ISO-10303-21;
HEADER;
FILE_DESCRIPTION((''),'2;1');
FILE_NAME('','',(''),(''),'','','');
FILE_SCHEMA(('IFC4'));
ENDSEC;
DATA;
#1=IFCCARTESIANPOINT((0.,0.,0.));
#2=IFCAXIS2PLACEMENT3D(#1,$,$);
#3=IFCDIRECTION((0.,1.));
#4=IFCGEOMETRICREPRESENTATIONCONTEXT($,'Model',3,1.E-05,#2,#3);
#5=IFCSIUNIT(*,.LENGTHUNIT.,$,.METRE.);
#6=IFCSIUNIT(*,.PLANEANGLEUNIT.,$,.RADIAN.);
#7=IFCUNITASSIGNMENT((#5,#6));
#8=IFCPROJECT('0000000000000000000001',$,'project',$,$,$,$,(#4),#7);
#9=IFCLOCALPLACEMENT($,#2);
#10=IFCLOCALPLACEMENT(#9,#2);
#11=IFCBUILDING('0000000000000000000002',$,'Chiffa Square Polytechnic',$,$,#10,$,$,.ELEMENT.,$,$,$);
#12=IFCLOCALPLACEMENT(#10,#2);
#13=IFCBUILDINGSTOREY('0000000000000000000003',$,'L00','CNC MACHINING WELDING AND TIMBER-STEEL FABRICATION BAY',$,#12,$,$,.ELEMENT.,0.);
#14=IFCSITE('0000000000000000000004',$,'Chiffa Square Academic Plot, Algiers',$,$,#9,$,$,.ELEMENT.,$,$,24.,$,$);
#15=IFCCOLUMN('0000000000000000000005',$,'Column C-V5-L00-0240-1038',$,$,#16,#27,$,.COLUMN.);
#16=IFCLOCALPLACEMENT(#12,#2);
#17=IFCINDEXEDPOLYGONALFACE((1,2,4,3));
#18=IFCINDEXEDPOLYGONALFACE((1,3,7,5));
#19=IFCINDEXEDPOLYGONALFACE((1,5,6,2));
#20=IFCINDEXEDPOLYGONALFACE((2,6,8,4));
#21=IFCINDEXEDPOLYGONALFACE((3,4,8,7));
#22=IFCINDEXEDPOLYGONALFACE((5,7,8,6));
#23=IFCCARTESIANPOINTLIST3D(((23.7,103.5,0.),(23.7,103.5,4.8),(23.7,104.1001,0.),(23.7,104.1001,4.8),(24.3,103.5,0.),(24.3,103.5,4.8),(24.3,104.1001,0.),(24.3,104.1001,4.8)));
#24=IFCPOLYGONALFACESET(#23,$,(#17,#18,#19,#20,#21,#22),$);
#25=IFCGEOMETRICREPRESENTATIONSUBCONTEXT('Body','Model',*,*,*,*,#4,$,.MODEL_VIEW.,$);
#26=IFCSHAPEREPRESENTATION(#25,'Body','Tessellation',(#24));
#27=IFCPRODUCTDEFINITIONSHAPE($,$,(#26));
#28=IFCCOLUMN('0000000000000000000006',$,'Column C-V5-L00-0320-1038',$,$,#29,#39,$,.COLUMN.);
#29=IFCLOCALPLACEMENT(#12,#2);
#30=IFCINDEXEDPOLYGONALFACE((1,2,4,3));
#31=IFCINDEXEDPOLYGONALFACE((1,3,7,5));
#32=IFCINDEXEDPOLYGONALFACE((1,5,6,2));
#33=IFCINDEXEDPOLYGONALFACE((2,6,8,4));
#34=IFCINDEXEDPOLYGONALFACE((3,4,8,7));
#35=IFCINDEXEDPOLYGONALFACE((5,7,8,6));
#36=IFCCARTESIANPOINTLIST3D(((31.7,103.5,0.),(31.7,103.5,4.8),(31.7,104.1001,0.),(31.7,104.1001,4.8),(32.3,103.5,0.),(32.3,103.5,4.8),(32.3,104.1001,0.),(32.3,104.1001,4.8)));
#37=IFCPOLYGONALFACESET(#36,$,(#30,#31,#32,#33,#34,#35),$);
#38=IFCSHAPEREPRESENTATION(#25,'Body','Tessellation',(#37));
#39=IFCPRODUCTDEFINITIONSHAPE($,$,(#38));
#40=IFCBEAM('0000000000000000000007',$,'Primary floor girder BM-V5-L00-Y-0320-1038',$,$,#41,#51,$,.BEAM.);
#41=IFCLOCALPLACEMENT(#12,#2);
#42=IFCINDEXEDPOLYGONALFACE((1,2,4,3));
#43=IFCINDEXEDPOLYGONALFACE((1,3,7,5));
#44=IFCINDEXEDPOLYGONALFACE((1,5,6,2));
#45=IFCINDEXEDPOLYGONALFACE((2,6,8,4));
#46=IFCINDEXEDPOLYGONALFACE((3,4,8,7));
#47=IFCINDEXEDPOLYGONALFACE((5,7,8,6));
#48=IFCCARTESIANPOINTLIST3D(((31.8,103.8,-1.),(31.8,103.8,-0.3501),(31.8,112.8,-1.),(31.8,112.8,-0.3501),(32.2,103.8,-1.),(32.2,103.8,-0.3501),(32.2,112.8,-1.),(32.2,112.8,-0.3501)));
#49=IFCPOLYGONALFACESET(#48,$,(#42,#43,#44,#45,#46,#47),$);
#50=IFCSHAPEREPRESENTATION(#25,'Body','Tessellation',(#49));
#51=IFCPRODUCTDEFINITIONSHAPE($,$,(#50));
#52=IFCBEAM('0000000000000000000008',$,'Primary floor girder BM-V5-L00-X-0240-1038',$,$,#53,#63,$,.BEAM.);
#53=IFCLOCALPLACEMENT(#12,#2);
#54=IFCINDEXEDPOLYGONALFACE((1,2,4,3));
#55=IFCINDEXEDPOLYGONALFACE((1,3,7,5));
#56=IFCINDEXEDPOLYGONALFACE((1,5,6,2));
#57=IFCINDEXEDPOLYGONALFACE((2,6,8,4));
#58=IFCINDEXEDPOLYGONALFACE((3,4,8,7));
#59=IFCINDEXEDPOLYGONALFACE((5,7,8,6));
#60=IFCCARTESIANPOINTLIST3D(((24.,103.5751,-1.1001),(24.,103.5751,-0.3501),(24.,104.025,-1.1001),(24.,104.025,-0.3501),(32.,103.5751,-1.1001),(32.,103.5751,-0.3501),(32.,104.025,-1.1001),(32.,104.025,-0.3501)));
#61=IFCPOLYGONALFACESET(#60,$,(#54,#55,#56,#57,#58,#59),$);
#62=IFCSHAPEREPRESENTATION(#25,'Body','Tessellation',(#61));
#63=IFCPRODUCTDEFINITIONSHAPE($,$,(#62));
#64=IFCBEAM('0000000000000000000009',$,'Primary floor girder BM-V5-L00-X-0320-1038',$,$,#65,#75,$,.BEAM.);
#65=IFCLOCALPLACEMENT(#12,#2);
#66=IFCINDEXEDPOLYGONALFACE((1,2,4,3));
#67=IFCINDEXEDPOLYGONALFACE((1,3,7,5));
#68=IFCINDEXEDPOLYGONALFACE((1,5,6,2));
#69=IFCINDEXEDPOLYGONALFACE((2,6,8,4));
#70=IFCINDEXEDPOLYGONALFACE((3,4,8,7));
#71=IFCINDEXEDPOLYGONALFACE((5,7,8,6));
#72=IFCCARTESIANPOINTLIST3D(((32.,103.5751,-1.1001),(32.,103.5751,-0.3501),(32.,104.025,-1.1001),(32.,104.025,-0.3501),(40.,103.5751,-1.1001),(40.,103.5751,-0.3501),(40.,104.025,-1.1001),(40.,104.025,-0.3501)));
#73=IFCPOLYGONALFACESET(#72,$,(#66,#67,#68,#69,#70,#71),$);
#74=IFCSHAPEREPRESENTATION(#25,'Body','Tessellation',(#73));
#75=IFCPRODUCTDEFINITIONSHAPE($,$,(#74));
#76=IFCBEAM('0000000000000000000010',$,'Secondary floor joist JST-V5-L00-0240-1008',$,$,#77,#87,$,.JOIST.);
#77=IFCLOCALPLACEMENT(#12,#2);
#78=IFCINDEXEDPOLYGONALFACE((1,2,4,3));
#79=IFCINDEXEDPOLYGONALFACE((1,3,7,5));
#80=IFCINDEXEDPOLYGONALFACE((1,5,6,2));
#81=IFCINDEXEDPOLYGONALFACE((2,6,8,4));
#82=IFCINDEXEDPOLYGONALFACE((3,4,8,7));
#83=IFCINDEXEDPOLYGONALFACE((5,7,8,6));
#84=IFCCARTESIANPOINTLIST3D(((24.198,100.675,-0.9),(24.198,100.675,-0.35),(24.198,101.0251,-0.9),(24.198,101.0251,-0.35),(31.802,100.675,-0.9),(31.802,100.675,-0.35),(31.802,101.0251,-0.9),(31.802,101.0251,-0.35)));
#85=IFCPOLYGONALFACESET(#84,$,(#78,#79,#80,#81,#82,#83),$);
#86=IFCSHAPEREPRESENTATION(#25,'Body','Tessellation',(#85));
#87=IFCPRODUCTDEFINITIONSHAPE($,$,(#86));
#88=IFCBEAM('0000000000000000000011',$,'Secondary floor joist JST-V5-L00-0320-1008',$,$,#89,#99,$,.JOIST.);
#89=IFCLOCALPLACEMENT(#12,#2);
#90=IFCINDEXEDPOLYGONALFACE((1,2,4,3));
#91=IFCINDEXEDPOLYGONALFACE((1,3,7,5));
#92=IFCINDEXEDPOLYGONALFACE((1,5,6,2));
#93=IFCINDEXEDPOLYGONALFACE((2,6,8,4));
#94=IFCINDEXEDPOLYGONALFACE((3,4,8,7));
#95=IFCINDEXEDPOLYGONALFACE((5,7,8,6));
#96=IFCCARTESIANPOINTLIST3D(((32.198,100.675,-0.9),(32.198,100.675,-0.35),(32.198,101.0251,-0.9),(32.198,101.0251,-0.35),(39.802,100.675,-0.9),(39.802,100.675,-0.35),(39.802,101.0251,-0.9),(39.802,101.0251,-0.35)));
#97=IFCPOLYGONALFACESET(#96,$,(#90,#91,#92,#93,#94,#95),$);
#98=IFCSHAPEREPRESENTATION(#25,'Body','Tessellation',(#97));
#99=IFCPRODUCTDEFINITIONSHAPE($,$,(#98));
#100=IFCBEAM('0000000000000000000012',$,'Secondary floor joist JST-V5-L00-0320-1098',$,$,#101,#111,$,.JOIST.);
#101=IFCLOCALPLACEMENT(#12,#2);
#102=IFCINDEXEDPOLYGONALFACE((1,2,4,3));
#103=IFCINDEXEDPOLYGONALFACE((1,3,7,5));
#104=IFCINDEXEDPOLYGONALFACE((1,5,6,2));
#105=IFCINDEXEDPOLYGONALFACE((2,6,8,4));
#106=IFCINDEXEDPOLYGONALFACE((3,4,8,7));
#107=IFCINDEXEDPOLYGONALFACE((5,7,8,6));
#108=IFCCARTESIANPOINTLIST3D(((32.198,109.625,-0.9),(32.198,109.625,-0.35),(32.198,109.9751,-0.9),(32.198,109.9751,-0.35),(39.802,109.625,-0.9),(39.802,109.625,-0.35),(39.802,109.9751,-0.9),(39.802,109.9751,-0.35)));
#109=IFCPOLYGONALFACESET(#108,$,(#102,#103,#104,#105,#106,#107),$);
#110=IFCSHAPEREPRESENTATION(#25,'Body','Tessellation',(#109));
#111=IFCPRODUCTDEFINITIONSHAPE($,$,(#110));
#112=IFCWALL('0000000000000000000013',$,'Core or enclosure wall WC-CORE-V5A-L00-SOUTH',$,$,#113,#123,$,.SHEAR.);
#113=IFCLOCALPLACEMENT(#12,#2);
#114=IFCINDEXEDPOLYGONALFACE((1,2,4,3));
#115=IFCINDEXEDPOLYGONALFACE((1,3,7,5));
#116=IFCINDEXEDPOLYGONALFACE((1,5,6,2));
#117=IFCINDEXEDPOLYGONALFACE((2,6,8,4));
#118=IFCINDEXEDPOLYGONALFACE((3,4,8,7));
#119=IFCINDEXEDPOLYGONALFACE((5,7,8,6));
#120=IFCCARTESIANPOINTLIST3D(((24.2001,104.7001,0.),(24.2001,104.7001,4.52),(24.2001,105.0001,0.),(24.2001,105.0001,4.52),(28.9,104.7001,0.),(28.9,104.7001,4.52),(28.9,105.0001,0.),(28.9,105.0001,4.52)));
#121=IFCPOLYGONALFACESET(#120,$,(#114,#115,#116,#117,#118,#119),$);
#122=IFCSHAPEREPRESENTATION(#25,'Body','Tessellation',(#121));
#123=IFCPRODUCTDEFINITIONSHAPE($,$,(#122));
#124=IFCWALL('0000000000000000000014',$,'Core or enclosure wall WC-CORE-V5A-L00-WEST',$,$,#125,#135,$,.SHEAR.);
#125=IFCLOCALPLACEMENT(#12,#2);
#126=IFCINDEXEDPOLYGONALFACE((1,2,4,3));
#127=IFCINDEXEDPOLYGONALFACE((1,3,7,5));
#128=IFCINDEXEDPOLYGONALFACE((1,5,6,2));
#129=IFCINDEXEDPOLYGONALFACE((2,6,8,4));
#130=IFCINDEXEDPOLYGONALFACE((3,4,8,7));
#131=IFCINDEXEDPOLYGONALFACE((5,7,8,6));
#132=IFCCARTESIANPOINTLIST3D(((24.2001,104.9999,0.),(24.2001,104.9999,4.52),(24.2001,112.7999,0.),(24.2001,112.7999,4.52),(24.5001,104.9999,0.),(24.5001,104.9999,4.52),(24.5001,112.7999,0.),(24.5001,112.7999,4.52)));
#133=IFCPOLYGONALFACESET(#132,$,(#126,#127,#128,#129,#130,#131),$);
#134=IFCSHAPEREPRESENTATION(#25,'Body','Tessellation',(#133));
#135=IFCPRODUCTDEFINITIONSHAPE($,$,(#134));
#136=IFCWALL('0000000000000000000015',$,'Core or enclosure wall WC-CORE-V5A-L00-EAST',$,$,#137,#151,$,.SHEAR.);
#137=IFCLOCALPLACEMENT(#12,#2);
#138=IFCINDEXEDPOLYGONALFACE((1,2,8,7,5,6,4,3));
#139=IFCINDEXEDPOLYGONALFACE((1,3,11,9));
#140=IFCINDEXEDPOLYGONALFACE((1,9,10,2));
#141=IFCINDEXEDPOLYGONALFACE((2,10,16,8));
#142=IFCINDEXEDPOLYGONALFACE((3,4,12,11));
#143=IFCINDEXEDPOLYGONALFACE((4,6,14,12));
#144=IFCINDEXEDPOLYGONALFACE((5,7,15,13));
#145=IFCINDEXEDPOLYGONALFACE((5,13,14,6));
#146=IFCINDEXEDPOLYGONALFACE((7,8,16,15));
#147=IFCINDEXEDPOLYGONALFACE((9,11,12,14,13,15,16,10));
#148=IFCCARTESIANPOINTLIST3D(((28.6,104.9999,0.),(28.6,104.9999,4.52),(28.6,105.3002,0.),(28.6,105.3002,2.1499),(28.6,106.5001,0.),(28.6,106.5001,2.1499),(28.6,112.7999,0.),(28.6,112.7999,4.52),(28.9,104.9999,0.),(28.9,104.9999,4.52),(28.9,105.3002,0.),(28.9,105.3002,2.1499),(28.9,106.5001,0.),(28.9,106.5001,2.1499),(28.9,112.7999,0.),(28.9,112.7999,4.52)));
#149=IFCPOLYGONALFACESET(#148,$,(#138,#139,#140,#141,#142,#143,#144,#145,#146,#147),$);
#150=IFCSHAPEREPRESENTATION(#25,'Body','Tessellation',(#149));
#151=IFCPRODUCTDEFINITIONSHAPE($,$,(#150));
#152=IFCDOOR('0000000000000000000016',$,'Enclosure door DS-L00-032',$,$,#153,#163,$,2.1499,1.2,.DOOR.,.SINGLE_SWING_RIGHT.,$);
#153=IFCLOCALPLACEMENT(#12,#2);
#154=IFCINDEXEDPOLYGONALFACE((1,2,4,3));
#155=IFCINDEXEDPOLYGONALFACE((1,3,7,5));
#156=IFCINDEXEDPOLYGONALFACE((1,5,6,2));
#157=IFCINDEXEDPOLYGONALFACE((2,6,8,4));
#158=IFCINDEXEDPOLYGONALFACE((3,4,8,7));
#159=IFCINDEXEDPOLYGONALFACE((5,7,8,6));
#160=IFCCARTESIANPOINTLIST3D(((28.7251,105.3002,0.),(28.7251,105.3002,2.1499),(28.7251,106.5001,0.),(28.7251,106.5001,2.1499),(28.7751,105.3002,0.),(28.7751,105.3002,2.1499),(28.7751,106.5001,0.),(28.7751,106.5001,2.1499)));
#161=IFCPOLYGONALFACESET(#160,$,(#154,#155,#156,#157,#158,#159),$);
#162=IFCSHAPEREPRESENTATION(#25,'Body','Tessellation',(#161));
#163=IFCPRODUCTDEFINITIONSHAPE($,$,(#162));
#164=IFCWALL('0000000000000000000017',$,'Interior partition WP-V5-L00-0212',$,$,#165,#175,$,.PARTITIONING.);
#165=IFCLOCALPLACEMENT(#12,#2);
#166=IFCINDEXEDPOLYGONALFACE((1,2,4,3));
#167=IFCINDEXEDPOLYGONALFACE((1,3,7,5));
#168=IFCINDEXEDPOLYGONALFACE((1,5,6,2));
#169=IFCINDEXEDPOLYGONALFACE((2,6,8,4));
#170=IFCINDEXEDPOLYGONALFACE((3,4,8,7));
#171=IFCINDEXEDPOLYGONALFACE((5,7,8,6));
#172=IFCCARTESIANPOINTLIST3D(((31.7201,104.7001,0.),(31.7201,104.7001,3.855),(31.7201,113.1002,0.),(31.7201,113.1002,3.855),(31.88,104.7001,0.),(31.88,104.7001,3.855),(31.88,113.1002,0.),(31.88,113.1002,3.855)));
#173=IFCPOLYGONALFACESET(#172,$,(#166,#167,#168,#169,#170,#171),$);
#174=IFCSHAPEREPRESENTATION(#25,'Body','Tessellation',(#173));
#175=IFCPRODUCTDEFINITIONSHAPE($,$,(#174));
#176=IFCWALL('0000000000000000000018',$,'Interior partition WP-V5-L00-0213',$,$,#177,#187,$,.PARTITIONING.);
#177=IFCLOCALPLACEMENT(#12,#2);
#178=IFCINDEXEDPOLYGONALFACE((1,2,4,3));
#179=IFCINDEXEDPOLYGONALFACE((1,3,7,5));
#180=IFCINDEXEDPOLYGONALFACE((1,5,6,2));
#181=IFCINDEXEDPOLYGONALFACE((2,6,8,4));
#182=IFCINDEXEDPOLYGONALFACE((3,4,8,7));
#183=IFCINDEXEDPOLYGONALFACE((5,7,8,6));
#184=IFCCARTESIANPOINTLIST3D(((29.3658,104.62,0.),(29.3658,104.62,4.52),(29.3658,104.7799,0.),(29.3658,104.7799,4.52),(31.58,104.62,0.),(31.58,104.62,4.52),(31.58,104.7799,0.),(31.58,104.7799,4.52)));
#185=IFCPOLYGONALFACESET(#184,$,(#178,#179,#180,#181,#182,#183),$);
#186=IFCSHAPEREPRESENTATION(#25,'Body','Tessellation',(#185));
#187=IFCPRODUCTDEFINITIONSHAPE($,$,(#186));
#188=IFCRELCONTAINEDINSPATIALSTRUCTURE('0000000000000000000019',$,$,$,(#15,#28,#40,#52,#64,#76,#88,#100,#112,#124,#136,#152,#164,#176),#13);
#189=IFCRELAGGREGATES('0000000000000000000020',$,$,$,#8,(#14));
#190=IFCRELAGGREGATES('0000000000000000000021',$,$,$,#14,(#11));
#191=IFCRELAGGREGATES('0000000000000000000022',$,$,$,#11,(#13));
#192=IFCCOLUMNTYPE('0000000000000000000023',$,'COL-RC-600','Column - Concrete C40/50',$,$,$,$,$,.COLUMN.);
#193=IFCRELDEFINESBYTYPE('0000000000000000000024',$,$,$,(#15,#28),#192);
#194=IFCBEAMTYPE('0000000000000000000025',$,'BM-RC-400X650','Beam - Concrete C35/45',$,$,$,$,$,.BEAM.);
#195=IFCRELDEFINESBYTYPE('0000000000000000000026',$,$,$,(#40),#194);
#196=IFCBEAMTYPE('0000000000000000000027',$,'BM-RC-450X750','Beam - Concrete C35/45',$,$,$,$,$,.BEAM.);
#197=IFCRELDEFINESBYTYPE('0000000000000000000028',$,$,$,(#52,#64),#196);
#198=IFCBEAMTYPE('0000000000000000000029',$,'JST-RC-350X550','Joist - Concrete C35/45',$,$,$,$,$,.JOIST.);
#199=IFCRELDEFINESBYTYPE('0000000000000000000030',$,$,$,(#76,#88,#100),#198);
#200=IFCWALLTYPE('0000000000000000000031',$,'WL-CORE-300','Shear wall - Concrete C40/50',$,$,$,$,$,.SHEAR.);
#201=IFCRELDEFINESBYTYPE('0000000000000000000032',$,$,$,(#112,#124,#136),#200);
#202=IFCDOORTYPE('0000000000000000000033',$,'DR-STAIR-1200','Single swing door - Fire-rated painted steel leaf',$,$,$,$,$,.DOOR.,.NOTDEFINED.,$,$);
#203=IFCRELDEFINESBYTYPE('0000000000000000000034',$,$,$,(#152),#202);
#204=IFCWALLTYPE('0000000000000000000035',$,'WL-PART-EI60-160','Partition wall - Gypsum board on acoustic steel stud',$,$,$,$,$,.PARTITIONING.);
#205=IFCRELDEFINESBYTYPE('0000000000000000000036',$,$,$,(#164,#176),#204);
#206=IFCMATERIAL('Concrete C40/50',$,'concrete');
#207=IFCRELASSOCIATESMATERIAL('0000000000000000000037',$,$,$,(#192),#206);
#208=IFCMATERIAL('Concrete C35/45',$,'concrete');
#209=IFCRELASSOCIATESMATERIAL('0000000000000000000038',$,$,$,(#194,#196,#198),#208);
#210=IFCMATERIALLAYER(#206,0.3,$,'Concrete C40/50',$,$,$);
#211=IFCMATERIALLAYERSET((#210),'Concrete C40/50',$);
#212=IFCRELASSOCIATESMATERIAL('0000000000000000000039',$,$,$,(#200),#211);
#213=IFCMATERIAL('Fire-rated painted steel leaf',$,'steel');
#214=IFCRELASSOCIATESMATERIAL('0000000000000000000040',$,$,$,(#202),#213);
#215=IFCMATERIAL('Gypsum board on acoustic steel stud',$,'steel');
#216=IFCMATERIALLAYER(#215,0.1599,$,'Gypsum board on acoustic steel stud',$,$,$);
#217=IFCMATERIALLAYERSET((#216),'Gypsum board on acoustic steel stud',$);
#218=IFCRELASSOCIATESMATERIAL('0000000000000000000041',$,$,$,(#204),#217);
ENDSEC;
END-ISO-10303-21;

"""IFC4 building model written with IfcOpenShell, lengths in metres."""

from ifc_helpers import new_model, si_unit, direction, frame, frame_2d, origin, origin_2d, place, context, subcontext, project, spatial, rectangle, extrude, material, layer, layer_set, material_profile, profile_set, type_object, element, fill, save


model = new_model("IFC4")

# Units and contexts
model_context = context("Model", 3, precision=1e-05, world=origin(), true_north=direction((0.0, 1.0)))
body_context = subcontext(model_context, "Body", "Model", "MODEL_VIEW")
ifc_project = project(units=[si_unit("LENGTHUNIT", "METRE"), si_unit("PLANEANGLEUNIT", "RADIAN")], contexts=[model_context])

# Site, building, storey
site_placement = place(None, origin())
site = spatial("IfcSite", under=ifc_project, at=site_placement, Name="Chiffa Square Academic Plot, Algiers", CompositionType="ELEMENT", RefElevation=24.0)
building_placement = place(site_placement, origin())
building = spatial("IfcBuilding", under=site, at=building_placement, Name="Chiffa Square Polytechnic", CompositionType="ELEMENT")
storey_placement = place(building_placement, origin())
storey = spatial("IfcBuildingStorey", under=building, at=storey_placement, Name="L00", Description="CNC MACHINING WELDING AND TIMBER-STEEL FABRICATION BAY", CompositionType="ELEMENT", Elevation=0.0)

# Columns
ifc_material_1 = material(Name="Concrete C40/50", Category="concrete")
ifc_material_profile_1 = material_profile(ifc_material_1, rectangle(XDim=0.6001, YDim=0.6001, at=origin_2d()), Name="RC 600x600")
ifc_profile_set_1 = profile_set([ifc_material_profile_1], Name="Concrete C40/50")
column_type = type_object("IfcColumnType", Name="COL-RC-600", Description="Column - Concrete C40/50", PredefinedType="COLUMN", material=ifc_profile_set_1)
for number, where, z_axis, x_axis, name in (
    (1, (24.0, 103.8, 0.0), (0.0, 0.0, 1.0), (1.0, 0.0, 0.0), "Column C-V5-L00-0240-1038"),
    (2, (32.0, 103.8, 0.0), (0.0, 0.0, 1.0), (1.0, 0.0, 0.0), "Column C-V5-L00-0320-1038"),
):
    element("IfcColumn", number, at=place(storey_placement, frame(where, z_axis=z_axis, x_axis=x_axis)), inside=storey, type_object=column_type, Name=name, PredefinedType="COLUMN", context=body_context, shape_type="SweptSolid", body=[
        extrude(rectangle(XDim=0.6001, YDim=0.6001, at=origin_2d()), origin(), (0.0, 0.0, 1.0), 4.8),
    ])

# Beams
ifc_material_2 = material(Name="Concrete C35/45", Category="concrete")
ifc_material_profile_2 = material_profile(ifc_material_2, rectangle(XDim=0.3999, YDim=0.6499, at=origin_2d()), Name="RC 400x650")
ifc_profile_set_2 = profile_set([ifc_material_profile_2], Name="Concrete C35/45")
beam_type_1 = type_object("IfcBeamType", Name="BM-RC-400X650", Description="Beam - Concrete C35/45", PredefinedType="BEAM", material=ifc_profile_set_2)
beam_placement = place(storey_placement, frame((32.0, 103.8, -0.675), z_axis=(0.0, 1.0, 0.0), x_axis=(-1.0, 0.0, 0.0)))
element("IfcBeam", 3, at=beam_placement, inside=storey, type_object=beam_type_1, Name="Primary floor girder BM-V5-L00-Y-0320-1038", PredefinedType="BEAM", context=body_context, shape_type="SweptSolid", body=[
    extrude(rectangle(XDim=0.3999, YDim=0.6499, at=origin_2d()), origin(), (0.0, 0.0, 1.0), 9.0),
])
ifc_material_profile_3 = material_profile(ifc_material_2, rectangle(XDim=0.45, YDim=0.75, at=origin_2d()), Name="RC 450x750")
ifc_profile_set_3 = profile_set([ifc_material_profile_3], Name="Concrete C35/45")
beam_type_2 = type_object("IfcBeamType", Name="BM-RC-450X750", Description="Beam - Concrete C35/45", PredefinedType="BEAM", material=ifc_profile_set_3)
for number, where, z_axis, x_axis, name in (
    (4, (24.0, 103.8, -0.7251), (1.0, 0.0, 0.0), (0.0, 1.0, 0.0), "Primary floor girder BM-V5-L00-X-0240-1038"),
    (5, (32.0, 103.8, -0.7251), (1.0, 0.0, 0.0), (0.0, 1.0, 0.0), "Primary floor girder BM-V5-L00-X-0320-1038"),
):
    element("IfcBeam", number, at=place(storey_placement, frame(where, z_axis=z_axis, x_axis=x_axis)), inside=storey, type_object=beam_type_2, Name=name, PredefinedType="BEAM", context=body_context, shape_type="SweptSolid", body=[
        extrude(rectangle(XDim=0.45, YDim=0.75, at=origin_2d()), origin(), (0.0, 0.0, 1.0), 8.0),
    ])
ifc_material_profile_4 = material_profile(ifc_material_2, rectangle(XDim=0.3501, YDim=0.55, at=origin_2d()), Name="RC 350x550")
ifc_profile_set_4 = profile_set([ifc_material_profile_4], Name="Concrete C35/45")
beam_type_3 = type_object("IfcBeamType", Name="JST-RC-350X550", Description="Joist - Concrete C35/45", PredefinedType="JOIST", material=ifc_profile_set_4)
for number, where, z_axis, x_axis, name in (
    (6, (24.198, 100.8501, -0.625), (1.0, 0.0, 0.0), (0.0, 1.0, 0.0), "Secondary floor joist JST-V5-L00-0240-1008"),
    (7, (32.198, 100.8501, -0.625), (1.0, 0.0, 0.0), (0.0, 1.0, 0.0), "Secondary floor joist JST-V5-L00-0320-1008"),
    (8, (32.198, 109.8, -0.625), (1.0, 0.0, 0.0), (0.0, 1.0, 0.0), "Secondary floor joist JST-V5-L00-0320-1098"),
):
    element("IfcBeam", number, at=place(storey_placement, frame(where, z_axis=z_axis, x_axis=x_axis)), inside=storey, type_object=beam_type_3, Name=name, PredefinedType="JOIST", context=body_context, shape_type="SweptSolid", body=[
        extrude(rectangle(XDim=0.3501, YDim=0.55, at=origin_2d()), origin(), (0.0, 0.0, 1.0), 7.604),
    ])

# Walls
ifc_layer_1 = layer(ifc_material_1, 0.3, Name="Concrete C40/50")
ifc_layer_set_1 = layer_set([ifc_layer_1], Name="Concrete C40/50")
wall_type_1 = type_object("IfcWallType", Name="WL-CORE-300", Description="Shear wall - Concrete C40/50", PredefinedType="SHEAR", material=ifc_layer_set_1)
wall_1_placement = place(storey_placement, frame((24.2, 104.8501, 0.0), z_axis=(0.0, 0.0, 1.0), x_axis=(1.0, 0.0, 0.0)))
element("IfcWall", 9, at=wall_1_placement, inside=storey, type_object=wall_type_1, Name="Core or enclosure wall WC-CORE-V5A-L00-SOUTH", PredefinedType="SHEAR", context=body_context, shape_type="SweptSolid", body=[
    extrude(rectangle(XDim=4.7, YDim=0.3, at=frame_2d((2.3501, 0.0))), origin(), (0.0, 0.0, 1.0), 4.52),
])
wall_2_placement = place(storey_placement, frame((24.3501, 105.0, 0.0), z_axis=(0.0, 0.0, 1.0), x_axis=(0.0, 1.0, 0.0)))
element("IfcWall", 10, at=wall_2_placement, inside=storey, type_object=wall_type_1, Name="Core or enclosure wall WC-CORE-V5A-L00-WEST", PredefinedType="SHEAR", context=body_context, shape_type="SweptSolid", body=[
    extrude(rectangle(XDim=7.8, YDim=0.3, at=frame_2d((3.8999, 0.0))), origin(), (0.0, 0.0, 1.0), 4.52),
])

# Wall, opening, door
wall_3_placement = place(storey_placement, frame((28.75, 105.0, 0.0), z_axis=(0.0, 0.0, 1.0), x_axis=(0.0, 1.0, 0.0)))
wall_3 = element("IfcWall", 11, at=wall_3_placement, inside=storey, type_object=wall_type_1, Name="Core or enclosure wall WC-CORE-V5A-L00-EAST", PredefinedType="SHEAR", context=body_context, shape_type="SweptSolid", body=[
    extrude(rectangle(XDim=7.8, YDim=0.3, at=frame_2d((3.8999, 0.0))), origin(), (0.0, 0.0, 1.0), 4.52),
])
opening_placement = place(wall_3_placement, frame((0.3, 0.0, 0.0)))
opening = element("IfcOpeningElement", 12, at=opening_placement, cuts=wall_3, PredefinedType="OPENING", context=body_context, shape_type="SweptSolid", body=[
    extrude(rectangle(XDim=1.2, YDim=2.1499, at=frame_2d((0.6001, 1.075))), frame((0.0, 0.1602, 0.0), z_axis=(0.0, -1.0, 0.0), x_axis=(1.0, 0.0, 0.0)), (0.0, 0.0, 1.0), 0.3201),
])
ifc_material_3 = material(Name="Fire-rated painted steel leaf", Category="steel")
door_type = type_object("IfcDoorType", Name="DR-STAIR-1200", Description="Single swing door - Fire-rated painted steel leaf", OperationType="NOTDEFINED", PredefinedType="DOOR", material=ifc_material_3)
door_placement = place(opening_placement, origin())
door = element("IfcDoor", 13, at=door_placement, inside=storey, type_object=door_type, Name="Enclosure door DS-L00-032", OperationType="SINGLE_SWING_RIGHT", OverallHeight=2.1499, OverallWidth=1.2, PredefinedType="DOOR", context=body_context, shape_type="SweptSolid", body=[
    extrude(rectangle(XDim=1.2, YDim=2.1499, at=frame_2d((0.6001, 1.075))), frame((0.0, 0.0249, 0.0), z_axis=(0.0, -1.0, 0.0), x_axis=(1.0, 0.0, 0.0)), (0.0, 0.0, 1.0), 0.05),
])
fill(opening, door)

# Walls
ifc_material_4 = material(Name="Gypsum board on acoustic steel stud", Category="steel")
ifc_layer_2 = layer(ifc_material_4, 0.1599, Name="Gypsum board on acoustic steel stud")
ifc_layer_set_2 = layer_set([ifc_layer_2], Name="Gypsum board on acoustic steel stud")
wall_type_2 = type_object("IfcWallType", Name="WL-PART-EI60-160", Description="Partition wall - Gypsum board on acoustic steel stud", PredefinedType="PARTITIONING", material=ifc_layer_set_2)
wall_4_placement = place(storey_placement, frame((31.8, 104.7, 0.0), z_axis=(0.0, 0.0, 1.0), x_axis=(0.0, 1.0, 0.0)))
element("IfcWall", 14, at=wall_4_placement, inside=storey, type_object=wall_type_2, Name="Interior partition WP-V5-L00-0212", PredefinedType="PARTITIONING", context=body_context, shape_type="SweptSolid", body=[
    extrude(rectangle(XDim=8.4001, YDim=0.1599, at=frame_2d((4.2002, 0.0))), origin(), (0.0, 0.0, 1.0), 3.855),
])
wall_5_placement = place(storey_placement, frame((29.366, 104.7, 0.0), z_axis=(0.0, 0.0, 1.0), x_axis=(1.0, 0.0, 0.0)))
element("IfcWall", 15, at=wall_5_placement, inside=storey, type_object=wall_type_2, Name="Interior partition WP-V5-L00-0213", PredefinedType="PARTITIONING", context=body_context, shape_type="SweptSolid", body=[
    extrude(rectangle(XDim=2.2141, YDim=0.1599, at=frame_2d((1.1069, 0.0))), origin(), (0.0, 0.0, 1.0), 4.52),
])

save(model, "model.ifc")
